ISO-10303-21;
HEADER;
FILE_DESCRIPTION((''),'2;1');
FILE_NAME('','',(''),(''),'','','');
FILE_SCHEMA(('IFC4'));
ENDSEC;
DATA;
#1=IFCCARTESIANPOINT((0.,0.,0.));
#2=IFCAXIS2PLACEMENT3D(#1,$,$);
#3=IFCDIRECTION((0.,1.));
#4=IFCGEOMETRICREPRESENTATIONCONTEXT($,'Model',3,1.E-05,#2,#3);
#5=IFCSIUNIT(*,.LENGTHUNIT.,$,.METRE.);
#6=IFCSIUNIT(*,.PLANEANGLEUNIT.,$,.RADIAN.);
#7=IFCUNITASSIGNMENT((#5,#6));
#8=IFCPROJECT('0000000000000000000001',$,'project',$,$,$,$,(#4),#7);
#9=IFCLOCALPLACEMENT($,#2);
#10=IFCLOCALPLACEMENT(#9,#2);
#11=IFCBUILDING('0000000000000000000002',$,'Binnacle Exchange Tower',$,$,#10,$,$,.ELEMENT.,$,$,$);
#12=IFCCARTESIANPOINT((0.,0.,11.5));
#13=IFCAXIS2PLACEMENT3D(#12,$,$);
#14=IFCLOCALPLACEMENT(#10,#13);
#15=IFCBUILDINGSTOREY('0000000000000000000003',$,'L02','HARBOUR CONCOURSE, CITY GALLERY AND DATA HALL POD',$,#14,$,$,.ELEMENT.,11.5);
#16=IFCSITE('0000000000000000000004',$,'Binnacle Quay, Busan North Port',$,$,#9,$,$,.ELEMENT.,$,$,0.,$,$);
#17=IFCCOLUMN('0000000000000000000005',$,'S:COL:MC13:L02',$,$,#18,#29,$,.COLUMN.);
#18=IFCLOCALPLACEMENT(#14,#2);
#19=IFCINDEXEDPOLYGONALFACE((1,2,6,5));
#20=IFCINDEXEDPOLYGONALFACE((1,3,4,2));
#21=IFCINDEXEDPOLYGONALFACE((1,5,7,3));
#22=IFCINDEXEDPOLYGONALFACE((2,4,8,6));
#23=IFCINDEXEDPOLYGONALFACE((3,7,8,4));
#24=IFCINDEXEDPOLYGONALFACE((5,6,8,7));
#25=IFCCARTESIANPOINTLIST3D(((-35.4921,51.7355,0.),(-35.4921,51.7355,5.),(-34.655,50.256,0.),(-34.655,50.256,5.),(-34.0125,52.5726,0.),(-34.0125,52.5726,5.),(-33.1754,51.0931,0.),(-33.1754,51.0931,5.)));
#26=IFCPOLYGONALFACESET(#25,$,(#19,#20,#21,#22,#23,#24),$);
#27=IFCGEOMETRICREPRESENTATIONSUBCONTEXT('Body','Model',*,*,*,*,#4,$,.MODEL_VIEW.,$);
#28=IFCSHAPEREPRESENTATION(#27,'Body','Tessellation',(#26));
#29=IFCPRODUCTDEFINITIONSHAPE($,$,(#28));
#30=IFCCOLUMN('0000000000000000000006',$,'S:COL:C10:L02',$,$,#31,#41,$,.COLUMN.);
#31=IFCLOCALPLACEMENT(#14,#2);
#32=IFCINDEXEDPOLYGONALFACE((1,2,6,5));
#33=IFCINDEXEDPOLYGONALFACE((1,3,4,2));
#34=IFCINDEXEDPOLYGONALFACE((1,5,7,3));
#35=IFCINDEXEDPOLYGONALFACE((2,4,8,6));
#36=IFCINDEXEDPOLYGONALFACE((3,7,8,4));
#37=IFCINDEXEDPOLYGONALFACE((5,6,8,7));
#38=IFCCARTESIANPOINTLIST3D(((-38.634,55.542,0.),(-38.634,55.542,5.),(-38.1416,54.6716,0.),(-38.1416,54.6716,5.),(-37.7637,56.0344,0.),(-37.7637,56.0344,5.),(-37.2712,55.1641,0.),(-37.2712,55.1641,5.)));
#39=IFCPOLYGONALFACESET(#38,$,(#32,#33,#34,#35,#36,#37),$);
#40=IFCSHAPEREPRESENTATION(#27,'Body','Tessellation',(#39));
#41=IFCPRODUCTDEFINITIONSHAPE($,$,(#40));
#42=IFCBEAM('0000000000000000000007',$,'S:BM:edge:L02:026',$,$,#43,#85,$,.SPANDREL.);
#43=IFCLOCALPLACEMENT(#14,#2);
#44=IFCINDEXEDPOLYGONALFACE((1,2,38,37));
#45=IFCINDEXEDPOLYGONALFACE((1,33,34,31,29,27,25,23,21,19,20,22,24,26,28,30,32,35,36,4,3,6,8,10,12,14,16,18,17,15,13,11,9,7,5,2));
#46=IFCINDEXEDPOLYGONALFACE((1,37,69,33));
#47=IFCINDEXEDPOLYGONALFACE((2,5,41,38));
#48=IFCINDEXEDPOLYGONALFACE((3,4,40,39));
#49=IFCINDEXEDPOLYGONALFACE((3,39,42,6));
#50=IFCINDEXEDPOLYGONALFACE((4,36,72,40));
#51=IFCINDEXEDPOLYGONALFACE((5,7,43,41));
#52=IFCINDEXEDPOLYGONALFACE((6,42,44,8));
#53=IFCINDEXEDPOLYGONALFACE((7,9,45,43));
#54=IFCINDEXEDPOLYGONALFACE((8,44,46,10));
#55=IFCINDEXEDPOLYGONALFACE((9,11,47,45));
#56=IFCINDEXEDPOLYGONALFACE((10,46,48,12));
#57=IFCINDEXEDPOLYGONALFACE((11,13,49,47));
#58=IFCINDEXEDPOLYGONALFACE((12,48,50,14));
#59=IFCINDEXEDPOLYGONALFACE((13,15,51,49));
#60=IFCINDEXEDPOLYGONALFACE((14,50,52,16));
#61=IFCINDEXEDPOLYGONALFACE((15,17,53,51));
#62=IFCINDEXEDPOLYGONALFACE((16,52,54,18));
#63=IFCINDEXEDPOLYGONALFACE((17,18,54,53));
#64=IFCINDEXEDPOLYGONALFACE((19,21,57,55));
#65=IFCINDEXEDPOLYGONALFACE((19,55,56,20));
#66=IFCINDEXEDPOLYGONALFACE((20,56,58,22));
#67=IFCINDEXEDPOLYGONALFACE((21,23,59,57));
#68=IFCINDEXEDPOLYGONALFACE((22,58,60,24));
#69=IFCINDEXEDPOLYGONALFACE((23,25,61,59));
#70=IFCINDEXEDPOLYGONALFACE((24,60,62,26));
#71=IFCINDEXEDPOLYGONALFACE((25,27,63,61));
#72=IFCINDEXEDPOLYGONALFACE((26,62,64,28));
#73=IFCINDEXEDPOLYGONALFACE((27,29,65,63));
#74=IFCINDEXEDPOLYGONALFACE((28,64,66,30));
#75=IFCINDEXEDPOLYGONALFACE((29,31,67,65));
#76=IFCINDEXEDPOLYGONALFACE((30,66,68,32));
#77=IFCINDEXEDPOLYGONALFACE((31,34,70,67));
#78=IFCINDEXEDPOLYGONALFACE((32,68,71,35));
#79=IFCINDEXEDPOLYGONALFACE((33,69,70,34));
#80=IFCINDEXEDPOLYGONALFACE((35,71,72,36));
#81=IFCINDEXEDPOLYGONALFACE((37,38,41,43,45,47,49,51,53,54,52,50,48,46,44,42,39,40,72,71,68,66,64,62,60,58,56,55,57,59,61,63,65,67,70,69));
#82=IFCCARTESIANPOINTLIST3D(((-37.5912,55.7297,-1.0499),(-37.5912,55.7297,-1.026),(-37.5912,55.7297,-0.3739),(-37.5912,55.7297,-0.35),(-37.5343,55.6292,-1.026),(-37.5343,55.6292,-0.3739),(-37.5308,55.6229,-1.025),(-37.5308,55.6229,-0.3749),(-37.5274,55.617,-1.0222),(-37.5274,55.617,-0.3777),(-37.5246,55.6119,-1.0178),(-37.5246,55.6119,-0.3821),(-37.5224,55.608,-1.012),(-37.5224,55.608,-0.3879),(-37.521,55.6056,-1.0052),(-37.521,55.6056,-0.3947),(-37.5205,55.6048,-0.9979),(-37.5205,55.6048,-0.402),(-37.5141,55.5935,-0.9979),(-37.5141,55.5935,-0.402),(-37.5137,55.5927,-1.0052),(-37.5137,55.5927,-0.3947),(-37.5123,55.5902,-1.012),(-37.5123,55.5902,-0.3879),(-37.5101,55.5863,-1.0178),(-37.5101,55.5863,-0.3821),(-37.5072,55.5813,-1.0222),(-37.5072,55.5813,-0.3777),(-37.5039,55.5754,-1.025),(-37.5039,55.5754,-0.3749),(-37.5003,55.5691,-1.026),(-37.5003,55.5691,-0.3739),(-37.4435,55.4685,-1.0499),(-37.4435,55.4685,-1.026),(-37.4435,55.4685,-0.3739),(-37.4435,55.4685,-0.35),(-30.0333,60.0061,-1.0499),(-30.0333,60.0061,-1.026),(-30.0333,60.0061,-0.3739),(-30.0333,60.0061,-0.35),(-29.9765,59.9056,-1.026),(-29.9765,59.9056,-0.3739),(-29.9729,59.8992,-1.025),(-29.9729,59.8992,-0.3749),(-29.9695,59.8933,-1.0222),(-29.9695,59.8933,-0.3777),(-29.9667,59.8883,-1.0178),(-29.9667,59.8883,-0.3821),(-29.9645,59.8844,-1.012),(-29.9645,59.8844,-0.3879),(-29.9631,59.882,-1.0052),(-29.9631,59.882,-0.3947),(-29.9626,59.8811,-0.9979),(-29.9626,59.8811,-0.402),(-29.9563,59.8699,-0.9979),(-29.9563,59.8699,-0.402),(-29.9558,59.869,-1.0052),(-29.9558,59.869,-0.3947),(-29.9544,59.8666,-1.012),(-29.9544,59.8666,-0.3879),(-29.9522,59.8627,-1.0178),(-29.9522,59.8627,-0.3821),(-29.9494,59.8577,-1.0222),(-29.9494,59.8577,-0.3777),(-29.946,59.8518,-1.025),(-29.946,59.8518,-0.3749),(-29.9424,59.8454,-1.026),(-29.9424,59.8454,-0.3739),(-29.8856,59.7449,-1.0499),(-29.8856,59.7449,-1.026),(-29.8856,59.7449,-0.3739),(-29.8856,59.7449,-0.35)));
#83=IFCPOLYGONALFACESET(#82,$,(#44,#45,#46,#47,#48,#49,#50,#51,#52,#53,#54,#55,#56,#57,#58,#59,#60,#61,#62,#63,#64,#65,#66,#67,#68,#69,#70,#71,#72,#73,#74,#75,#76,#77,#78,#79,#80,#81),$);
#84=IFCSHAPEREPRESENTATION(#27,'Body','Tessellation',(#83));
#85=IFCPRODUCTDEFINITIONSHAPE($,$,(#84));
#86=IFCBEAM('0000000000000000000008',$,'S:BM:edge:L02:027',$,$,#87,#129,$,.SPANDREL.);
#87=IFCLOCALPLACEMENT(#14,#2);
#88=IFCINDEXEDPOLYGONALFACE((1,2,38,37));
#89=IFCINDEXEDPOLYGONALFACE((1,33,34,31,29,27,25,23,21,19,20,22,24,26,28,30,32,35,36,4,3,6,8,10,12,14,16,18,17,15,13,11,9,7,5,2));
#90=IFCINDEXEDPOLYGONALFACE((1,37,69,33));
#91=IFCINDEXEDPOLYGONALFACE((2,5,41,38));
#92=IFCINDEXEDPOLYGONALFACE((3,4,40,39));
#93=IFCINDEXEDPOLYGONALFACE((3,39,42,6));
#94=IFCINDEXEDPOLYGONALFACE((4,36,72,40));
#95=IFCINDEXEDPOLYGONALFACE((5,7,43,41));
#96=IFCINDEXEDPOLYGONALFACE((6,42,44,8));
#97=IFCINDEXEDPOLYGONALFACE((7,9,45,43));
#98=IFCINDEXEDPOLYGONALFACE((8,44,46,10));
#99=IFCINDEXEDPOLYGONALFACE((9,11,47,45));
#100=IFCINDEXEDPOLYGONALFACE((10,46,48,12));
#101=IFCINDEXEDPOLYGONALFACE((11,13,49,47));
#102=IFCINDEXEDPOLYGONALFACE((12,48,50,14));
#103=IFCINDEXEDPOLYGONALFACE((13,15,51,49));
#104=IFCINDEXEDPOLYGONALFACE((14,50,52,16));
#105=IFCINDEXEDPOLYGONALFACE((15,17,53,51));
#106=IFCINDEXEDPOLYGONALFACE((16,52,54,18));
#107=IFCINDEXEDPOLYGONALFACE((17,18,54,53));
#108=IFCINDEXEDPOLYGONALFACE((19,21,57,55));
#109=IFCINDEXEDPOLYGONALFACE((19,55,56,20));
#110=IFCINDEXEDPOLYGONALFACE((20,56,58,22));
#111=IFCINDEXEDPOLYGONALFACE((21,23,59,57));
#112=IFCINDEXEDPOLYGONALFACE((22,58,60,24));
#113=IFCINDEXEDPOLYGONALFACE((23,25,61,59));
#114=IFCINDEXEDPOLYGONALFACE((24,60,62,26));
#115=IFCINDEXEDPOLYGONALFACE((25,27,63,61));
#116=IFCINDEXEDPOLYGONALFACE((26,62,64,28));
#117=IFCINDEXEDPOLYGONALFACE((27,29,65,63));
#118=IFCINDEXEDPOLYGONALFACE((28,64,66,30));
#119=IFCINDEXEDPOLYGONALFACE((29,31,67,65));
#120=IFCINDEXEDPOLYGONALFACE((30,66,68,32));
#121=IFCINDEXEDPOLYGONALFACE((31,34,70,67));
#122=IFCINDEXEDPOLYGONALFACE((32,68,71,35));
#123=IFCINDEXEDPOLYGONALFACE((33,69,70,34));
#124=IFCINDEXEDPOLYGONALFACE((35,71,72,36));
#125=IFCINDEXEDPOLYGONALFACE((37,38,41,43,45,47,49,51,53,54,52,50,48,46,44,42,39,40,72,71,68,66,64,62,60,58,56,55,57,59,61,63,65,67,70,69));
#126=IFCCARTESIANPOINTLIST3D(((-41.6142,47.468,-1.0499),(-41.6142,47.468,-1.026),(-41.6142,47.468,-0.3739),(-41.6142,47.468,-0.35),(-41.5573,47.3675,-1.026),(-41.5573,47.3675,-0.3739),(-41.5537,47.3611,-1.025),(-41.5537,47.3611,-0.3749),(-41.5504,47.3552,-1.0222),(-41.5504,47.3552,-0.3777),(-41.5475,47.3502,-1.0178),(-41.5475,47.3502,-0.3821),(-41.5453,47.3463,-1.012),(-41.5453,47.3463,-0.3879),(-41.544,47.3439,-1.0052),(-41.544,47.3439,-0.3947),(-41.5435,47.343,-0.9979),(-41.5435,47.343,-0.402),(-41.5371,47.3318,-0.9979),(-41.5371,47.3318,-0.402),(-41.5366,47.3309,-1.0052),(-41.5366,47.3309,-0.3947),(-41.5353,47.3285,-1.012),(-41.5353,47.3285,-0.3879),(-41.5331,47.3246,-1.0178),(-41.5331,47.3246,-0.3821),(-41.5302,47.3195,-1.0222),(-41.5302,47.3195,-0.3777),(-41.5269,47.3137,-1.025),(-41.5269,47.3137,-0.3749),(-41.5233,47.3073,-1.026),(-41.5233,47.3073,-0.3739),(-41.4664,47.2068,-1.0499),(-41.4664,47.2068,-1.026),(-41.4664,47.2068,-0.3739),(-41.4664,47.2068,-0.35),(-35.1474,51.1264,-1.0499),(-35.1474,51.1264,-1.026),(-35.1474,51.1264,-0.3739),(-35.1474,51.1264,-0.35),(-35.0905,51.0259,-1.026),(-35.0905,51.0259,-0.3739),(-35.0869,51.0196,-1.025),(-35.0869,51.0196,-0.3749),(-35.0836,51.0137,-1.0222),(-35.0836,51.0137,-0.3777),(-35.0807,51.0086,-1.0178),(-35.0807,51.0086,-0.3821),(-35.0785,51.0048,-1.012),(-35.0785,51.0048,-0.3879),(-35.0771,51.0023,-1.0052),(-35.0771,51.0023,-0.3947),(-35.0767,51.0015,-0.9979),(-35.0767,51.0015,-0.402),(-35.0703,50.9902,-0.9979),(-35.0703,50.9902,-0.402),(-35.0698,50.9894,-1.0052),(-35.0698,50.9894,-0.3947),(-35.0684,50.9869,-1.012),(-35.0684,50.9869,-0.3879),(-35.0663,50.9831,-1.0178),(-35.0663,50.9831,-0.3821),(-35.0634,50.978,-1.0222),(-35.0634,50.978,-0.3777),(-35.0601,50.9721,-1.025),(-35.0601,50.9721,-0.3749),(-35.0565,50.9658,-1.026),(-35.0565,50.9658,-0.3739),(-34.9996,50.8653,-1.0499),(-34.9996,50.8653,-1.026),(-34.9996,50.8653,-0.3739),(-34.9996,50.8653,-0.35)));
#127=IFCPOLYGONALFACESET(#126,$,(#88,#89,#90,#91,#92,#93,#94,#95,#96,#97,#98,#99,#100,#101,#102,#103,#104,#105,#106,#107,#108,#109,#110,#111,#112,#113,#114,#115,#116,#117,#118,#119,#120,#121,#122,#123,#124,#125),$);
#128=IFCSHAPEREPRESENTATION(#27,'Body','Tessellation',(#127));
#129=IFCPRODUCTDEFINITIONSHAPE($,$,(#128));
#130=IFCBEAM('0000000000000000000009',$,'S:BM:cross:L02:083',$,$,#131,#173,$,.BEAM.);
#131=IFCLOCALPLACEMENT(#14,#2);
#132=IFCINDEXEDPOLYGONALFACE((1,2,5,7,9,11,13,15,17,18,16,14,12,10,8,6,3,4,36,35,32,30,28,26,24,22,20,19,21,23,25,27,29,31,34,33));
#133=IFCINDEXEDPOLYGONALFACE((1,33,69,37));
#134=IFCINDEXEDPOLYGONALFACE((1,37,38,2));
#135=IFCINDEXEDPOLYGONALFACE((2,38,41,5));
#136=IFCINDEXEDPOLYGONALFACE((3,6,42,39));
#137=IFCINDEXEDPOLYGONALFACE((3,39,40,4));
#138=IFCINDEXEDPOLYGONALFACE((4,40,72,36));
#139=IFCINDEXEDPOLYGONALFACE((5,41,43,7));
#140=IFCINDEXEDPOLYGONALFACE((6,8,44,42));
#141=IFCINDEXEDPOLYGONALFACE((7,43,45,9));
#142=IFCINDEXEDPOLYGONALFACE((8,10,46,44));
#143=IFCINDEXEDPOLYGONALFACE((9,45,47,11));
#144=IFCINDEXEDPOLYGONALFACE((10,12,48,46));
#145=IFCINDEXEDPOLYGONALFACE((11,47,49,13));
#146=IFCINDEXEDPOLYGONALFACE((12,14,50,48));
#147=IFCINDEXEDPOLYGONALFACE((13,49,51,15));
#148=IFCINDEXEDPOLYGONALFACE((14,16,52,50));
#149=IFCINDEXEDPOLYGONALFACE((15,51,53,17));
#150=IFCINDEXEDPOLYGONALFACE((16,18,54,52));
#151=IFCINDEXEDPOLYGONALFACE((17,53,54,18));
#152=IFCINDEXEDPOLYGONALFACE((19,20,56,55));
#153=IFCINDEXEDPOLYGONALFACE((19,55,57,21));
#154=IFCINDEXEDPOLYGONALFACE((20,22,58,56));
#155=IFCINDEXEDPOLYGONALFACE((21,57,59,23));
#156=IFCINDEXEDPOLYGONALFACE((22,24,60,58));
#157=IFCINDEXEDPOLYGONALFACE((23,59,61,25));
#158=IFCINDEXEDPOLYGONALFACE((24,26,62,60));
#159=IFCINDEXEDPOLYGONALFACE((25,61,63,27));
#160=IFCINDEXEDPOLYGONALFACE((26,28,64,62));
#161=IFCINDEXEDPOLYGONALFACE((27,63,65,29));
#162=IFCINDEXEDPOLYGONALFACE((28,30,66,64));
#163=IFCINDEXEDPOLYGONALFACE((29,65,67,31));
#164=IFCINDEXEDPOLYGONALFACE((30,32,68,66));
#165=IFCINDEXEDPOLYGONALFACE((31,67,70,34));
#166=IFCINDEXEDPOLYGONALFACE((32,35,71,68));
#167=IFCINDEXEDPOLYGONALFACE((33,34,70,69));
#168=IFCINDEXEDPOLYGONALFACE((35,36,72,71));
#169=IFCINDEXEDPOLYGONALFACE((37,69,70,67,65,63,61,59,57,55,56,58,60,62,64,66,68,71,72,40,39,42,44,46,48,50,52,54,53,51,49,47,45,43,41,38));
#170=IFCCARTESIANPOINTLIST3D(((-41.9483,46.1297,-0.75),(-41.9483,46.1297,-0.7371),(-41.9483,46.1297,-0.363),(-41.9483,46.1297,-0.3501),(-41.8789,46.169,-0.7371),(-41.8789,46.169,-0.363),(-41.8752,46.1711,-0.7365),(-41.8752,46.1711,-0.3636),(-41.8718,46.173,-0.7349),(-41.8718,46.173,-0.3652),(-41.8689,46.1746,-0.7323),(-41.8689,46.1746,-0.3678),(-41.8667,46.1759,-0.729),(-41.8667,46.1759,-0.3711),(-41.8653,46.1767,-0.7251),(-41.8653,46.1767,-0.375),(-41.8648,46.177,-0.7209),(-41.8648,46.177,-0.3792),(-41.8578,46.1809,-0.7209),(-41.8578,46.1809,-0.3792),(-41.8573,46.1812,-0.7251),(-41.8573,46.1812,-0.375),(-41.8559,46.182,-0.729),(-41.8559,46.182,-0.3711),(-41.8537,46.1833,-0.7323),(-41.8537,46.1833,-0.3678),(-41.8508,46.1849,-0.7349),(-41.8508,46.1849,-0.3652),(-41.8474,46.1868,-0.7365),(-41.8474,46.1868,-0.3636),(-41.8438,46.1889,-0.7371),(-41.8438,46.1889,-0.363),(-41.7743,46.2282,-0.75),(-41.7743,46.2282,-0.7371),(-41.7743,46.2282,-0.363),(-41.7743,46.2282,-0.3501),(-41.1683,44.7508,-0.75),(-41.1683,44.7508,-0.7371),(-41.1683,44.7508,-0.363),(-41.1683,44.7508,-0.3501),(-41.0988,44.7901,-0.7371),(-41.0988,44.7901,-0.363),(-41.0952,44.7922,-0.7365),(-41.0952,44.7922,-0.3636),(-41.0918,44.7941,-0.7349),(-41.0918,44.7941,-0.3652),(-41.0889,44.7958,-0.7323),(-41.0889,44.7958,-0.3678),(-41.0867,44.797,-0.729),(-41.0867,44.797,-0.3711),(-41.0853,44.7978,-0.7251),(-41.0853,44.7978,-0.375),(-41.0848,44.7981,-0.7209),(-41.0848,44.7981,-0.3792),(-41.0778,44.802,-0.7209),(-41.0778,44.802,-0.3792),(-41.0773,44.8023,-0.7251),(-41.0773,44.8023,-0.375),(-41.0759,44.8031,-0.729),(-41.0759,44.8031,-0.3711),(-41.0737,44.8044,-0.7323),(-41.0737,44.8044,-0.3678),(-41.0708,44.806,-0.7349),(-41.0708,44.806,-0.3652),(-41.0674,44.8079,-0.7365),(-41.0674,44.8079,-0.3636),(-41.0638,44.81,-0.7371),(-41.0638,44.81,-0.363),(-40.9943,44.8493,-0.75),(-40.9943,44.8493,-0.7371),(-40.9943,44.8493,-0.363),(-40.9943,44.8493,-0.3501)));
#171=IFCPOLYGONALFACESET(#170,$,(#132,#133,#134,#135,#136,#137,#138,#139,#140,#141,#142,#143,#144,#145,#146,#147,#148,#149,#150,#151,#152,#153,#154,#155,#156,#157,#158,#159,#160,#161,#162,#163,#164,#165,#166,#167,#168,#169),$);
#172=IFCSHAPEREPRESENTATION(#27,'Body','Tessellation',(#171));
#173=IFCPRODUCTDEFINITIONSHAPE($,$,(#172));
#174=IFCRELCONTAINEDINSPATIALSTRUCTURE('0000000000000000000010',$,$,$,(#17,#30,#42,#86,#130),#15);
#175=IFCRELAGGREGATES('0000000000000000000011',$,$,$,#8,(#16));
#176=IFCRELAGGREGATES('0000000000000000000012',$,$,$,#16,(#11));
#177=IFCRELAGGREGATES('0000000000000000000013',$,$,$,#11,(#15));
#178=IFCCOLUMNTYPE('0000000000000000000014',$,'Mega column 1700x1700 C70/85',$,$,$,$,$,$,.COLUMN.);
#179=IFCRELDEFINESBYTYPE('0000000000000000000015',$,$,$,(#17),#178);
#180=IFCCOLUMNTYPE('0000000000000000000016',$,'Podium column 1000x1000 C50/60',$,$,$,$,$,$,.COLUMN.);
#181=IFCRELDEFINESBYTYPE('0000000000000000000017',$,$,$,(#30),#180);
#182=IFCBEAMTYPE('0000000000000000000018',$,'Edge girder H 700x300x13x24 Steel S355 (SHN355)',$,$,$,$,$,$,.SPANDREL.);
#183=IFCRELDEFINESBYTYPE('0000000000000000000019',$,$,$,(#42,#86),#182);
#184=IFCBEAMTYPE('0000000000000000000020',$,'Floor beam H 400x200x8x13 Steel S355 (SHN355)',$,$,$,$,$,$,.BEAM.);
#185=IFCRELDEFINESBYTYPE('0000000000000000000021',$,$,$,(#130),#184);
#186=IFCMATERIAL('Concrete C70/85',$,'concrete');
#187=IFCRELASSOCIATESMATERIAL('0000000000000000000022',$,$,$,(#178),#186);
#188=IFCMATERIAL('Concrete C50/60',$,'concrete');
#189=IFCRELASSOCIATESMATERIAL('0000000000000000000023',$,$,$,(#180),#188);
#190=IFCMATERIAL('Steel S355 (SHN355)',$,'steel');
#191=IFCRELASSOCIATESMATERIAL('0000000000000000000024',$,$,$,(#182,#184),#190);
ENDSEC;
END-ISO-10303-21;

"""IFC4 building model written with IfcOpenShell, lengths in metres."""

from ifc_helpers import new_model, si_unit, direction, frame, origin, origin_2d, place, context, subcontext, project, spatial, rectangle, i_section, extrude, material, material_profile, profile_set, type_object, element, save


model = new_model("IFC4")

# Units and contexts
model_context = context("Model", 3, precision=1e-05, world=origin(), true_north=direction((0.0, 1.0)))
body_context = subcontext(model_context, "Body", "Model", "MODEL_VIEW")
ifc_project = project(units=[si_unit("LENGTHUNIT", "METRE"), si_unit("PLANEANGLEUNIT", "RADIAN")], contexts=[model_context])

# Site, building, storey
site_placement = place(None, origin())
site = spatial("IfcSite", under=ifc_project, at=site_placement, Name="Binnacle Quay, Busan North Port", CompositionType="ELEMENT", RefElevation=0.0)
building_placement = place(site_placement, origin())
building = spatial("IfcBuilding", under=site, at=building_placement, Name="Binnacle Exchange Tower", CompositionType="ELEMENT")
storey_placement = place(building_placement, frame((0.0, 0.0, 11.5)))
storey = spatial("IfcBuildingStorey", under=building, at=storey_placement, Name="L02", Description="HARBOUR CONCOURSE, CITY GALLERY AND DATA HALL POD", CompositionType="ELEMENT", Elevation=11.5)

# Columns
ifc_material_1 = material(Name="Concrete C70/85", Category="concrete")
ifc_material_profile_1 = material_profile(ifc_material_1, rectangle(XDim=1.7, YDim=1.7, at=origin_2d()), Name="Mega column 1700x1700 C70/85")
ifc_profile_set_1 = profile_set([ifc_material_profile_1], Name="Concrete C70/85")
column_type_1 = type_object("IfcColumnType", Name="Mega column 1700x1700 C70/85", PredefinedType="COLUMN", material=ifc_profile_set_1)
column_1_placement = place(storey_placement, frame((-34.3337, 51.4143, 0.0), z_axis=(0.0, 0.0, 1.0), x_axis=(-0.870356, -0.492424, 0.0)))
element("IfcColumn", 1, at=column_1_placement, inside=storey, type_object=column_type_1, Name="S:COL:MC13:L02", PredefinedType="COLUMN", context=body_context, shape_type="SweptSolid", body=[
    extrude(rectangle(XDim=1.7, YDim=1.7, at=origin_2d()), origin(), (0.0, 0.0, 1.0), 5.0),
])
ifc_material_2 = material(Name="Concrete C50/60", Category="concrete")
ifc_material_profile_2 = material_profile(ifc_material_2, rectangle(XDim=1.0, YDim=1.0, at=origin_2d()), Name="Podium column 1000x1000 C50/60")
ifc_profile_set_2 = profile_set([ifc_material_profile_2], Name="Concrete C50/60")
column_type_2 = type_object("IfcColumnType", Name="Podium column 1000x1000 C50/60", PredefinedType="COLUMN", material=ifc_profile_set_2)
column_2_placement = place(storey_placement, frame((-37.9526, 55.353, 0.0), z_axis=(0.0, 0.0, 1.0), x_axis=(-0.870356, -0.492424, 0.0)))
element("IfcColumn", 2, at=column_2_placement, inside=storey, type_object=column_type_2, Name="S:COL:C10:L02", PredefinedType="COLUMN", context=body_context, shape_type="SweptSolid", body=[
    extrude(rectangle(XDim=1.0, YDim=1.0, at=origin_2d()), origin(), (0.0, 0.0, 1.0), 5.0),
])

# Beams
ifc_material_3 = material(Name="Steel S355 (SHN355)", Category="steel")
ifc_material_profile_3 = material_profile(ifc_material_3, i_section(OverallWidth=0.3, OverallDepth=0.7, WebThickness=0.0129, FlangeThickness=0.0239, FilletRadius=0.0281, at=origin_2d()), Name="H 700x300x13x24")
ifc_profile_set_3 = profile_set([ifc_material_profile_3], Name="Steel S355 (SHN355)")
beam_type_1 = type_object("IfcBeamType", Name="Edge girder H 700x300x13x24 Steel S355 (SHN355)", PredefinedType="SPANDREL", material=ifc_profile_set_3)
beam_1_placement = place(storey_placement, frame((-37.5173, 55.5991, -0.7), z_axis=(0.870339, 0.492453, 0.0), x_axis=(-0.492453, 0.870339, 0.0)))
element("IfcBeam", 3, at=beam_1_placement, inside=storey, type_object=beam_type_1, Name="S:BM:edge:L02:026", PredefinedType="SPANDREL", context=body_context, shape_type="SweptSolid", body=[
    extrude(i_section(OverallWidth=0.3, OverallDepth=0.7, WebThickness=0.0129, FlangeThickness=0.0239, FilletRadius=0.0281, at=origin_2d()), origin(), (0.0, 0.0, 1.0), 8.6838),
])
beam_2_placement = place(storey_placement, frame((-35.0735, 50.9958, -0.7), z_axis=(-0.870372, -0.492394, 0.0), x_axis=(0.492394, -0.870372, 0.0)))
element("IfcBeam", 4, at=beam_2_placement, inside=storey, type_object=beam_type_1, Name="S:BM:edge:L02:027", PredefinedType="SPANDREL", context=body_context, shape_type="SweptSolid", body=[
    extrude(i_section(OverallWidth=0.3, OverallDepth=0.7, WebThickness=0.0129, FlangeThickness=0.0239, FilletRadius=0.0281, at=origin_2d()), origin(), (0.0, 0.0, 1.0), 7.4299),
])
ifc_material_profile_4 = material_profile(ifc_material_3, i_section(OverallWidth=0.2, OverallDepth=0.3999, WebThickness=0.0081, FlangeThickness=0.0129, FilletRadius=0.0161, at=origin_2d()), Name="H 400x200x8x13")
ifc_profile_set_4 = profile_set([ifc_material_profile_4], Name="Steel S355 (SHN355)")
beam_type_2 = type_object("IfcBeamType", Name="Floor beam H 400x200x8x13 Steel S355 (SHN355)", PredefinedType="BEAM", material=ifc_profile_set_4)
beam_3_placement = place(storey_placement, frame((-41.8613, 46.179, -0.55), z_axis=(0.492367, -0.870388, 0.0), x_axis=(0.870388, 0.492367, 0.0)))
element("IfcBeam", 5, at=beam_3_placement, inside=storey, type_object=beam_type_2, Name="S:BM:cross:L02:083", PredefinedType="BEAM", context=body_context, shape_type="SweptSolid", body=[
    extrude(i_section(OverallWidth=0.2, OverallDepth=0.3999, WebThickness=0.0081, FlangeThickness=0.0129, FilletRadius=0.0161, at=origin_2d()), origin(), (0.0, 0.0, 1.0), 1.5842),
])

save(model, "model.ifc")
